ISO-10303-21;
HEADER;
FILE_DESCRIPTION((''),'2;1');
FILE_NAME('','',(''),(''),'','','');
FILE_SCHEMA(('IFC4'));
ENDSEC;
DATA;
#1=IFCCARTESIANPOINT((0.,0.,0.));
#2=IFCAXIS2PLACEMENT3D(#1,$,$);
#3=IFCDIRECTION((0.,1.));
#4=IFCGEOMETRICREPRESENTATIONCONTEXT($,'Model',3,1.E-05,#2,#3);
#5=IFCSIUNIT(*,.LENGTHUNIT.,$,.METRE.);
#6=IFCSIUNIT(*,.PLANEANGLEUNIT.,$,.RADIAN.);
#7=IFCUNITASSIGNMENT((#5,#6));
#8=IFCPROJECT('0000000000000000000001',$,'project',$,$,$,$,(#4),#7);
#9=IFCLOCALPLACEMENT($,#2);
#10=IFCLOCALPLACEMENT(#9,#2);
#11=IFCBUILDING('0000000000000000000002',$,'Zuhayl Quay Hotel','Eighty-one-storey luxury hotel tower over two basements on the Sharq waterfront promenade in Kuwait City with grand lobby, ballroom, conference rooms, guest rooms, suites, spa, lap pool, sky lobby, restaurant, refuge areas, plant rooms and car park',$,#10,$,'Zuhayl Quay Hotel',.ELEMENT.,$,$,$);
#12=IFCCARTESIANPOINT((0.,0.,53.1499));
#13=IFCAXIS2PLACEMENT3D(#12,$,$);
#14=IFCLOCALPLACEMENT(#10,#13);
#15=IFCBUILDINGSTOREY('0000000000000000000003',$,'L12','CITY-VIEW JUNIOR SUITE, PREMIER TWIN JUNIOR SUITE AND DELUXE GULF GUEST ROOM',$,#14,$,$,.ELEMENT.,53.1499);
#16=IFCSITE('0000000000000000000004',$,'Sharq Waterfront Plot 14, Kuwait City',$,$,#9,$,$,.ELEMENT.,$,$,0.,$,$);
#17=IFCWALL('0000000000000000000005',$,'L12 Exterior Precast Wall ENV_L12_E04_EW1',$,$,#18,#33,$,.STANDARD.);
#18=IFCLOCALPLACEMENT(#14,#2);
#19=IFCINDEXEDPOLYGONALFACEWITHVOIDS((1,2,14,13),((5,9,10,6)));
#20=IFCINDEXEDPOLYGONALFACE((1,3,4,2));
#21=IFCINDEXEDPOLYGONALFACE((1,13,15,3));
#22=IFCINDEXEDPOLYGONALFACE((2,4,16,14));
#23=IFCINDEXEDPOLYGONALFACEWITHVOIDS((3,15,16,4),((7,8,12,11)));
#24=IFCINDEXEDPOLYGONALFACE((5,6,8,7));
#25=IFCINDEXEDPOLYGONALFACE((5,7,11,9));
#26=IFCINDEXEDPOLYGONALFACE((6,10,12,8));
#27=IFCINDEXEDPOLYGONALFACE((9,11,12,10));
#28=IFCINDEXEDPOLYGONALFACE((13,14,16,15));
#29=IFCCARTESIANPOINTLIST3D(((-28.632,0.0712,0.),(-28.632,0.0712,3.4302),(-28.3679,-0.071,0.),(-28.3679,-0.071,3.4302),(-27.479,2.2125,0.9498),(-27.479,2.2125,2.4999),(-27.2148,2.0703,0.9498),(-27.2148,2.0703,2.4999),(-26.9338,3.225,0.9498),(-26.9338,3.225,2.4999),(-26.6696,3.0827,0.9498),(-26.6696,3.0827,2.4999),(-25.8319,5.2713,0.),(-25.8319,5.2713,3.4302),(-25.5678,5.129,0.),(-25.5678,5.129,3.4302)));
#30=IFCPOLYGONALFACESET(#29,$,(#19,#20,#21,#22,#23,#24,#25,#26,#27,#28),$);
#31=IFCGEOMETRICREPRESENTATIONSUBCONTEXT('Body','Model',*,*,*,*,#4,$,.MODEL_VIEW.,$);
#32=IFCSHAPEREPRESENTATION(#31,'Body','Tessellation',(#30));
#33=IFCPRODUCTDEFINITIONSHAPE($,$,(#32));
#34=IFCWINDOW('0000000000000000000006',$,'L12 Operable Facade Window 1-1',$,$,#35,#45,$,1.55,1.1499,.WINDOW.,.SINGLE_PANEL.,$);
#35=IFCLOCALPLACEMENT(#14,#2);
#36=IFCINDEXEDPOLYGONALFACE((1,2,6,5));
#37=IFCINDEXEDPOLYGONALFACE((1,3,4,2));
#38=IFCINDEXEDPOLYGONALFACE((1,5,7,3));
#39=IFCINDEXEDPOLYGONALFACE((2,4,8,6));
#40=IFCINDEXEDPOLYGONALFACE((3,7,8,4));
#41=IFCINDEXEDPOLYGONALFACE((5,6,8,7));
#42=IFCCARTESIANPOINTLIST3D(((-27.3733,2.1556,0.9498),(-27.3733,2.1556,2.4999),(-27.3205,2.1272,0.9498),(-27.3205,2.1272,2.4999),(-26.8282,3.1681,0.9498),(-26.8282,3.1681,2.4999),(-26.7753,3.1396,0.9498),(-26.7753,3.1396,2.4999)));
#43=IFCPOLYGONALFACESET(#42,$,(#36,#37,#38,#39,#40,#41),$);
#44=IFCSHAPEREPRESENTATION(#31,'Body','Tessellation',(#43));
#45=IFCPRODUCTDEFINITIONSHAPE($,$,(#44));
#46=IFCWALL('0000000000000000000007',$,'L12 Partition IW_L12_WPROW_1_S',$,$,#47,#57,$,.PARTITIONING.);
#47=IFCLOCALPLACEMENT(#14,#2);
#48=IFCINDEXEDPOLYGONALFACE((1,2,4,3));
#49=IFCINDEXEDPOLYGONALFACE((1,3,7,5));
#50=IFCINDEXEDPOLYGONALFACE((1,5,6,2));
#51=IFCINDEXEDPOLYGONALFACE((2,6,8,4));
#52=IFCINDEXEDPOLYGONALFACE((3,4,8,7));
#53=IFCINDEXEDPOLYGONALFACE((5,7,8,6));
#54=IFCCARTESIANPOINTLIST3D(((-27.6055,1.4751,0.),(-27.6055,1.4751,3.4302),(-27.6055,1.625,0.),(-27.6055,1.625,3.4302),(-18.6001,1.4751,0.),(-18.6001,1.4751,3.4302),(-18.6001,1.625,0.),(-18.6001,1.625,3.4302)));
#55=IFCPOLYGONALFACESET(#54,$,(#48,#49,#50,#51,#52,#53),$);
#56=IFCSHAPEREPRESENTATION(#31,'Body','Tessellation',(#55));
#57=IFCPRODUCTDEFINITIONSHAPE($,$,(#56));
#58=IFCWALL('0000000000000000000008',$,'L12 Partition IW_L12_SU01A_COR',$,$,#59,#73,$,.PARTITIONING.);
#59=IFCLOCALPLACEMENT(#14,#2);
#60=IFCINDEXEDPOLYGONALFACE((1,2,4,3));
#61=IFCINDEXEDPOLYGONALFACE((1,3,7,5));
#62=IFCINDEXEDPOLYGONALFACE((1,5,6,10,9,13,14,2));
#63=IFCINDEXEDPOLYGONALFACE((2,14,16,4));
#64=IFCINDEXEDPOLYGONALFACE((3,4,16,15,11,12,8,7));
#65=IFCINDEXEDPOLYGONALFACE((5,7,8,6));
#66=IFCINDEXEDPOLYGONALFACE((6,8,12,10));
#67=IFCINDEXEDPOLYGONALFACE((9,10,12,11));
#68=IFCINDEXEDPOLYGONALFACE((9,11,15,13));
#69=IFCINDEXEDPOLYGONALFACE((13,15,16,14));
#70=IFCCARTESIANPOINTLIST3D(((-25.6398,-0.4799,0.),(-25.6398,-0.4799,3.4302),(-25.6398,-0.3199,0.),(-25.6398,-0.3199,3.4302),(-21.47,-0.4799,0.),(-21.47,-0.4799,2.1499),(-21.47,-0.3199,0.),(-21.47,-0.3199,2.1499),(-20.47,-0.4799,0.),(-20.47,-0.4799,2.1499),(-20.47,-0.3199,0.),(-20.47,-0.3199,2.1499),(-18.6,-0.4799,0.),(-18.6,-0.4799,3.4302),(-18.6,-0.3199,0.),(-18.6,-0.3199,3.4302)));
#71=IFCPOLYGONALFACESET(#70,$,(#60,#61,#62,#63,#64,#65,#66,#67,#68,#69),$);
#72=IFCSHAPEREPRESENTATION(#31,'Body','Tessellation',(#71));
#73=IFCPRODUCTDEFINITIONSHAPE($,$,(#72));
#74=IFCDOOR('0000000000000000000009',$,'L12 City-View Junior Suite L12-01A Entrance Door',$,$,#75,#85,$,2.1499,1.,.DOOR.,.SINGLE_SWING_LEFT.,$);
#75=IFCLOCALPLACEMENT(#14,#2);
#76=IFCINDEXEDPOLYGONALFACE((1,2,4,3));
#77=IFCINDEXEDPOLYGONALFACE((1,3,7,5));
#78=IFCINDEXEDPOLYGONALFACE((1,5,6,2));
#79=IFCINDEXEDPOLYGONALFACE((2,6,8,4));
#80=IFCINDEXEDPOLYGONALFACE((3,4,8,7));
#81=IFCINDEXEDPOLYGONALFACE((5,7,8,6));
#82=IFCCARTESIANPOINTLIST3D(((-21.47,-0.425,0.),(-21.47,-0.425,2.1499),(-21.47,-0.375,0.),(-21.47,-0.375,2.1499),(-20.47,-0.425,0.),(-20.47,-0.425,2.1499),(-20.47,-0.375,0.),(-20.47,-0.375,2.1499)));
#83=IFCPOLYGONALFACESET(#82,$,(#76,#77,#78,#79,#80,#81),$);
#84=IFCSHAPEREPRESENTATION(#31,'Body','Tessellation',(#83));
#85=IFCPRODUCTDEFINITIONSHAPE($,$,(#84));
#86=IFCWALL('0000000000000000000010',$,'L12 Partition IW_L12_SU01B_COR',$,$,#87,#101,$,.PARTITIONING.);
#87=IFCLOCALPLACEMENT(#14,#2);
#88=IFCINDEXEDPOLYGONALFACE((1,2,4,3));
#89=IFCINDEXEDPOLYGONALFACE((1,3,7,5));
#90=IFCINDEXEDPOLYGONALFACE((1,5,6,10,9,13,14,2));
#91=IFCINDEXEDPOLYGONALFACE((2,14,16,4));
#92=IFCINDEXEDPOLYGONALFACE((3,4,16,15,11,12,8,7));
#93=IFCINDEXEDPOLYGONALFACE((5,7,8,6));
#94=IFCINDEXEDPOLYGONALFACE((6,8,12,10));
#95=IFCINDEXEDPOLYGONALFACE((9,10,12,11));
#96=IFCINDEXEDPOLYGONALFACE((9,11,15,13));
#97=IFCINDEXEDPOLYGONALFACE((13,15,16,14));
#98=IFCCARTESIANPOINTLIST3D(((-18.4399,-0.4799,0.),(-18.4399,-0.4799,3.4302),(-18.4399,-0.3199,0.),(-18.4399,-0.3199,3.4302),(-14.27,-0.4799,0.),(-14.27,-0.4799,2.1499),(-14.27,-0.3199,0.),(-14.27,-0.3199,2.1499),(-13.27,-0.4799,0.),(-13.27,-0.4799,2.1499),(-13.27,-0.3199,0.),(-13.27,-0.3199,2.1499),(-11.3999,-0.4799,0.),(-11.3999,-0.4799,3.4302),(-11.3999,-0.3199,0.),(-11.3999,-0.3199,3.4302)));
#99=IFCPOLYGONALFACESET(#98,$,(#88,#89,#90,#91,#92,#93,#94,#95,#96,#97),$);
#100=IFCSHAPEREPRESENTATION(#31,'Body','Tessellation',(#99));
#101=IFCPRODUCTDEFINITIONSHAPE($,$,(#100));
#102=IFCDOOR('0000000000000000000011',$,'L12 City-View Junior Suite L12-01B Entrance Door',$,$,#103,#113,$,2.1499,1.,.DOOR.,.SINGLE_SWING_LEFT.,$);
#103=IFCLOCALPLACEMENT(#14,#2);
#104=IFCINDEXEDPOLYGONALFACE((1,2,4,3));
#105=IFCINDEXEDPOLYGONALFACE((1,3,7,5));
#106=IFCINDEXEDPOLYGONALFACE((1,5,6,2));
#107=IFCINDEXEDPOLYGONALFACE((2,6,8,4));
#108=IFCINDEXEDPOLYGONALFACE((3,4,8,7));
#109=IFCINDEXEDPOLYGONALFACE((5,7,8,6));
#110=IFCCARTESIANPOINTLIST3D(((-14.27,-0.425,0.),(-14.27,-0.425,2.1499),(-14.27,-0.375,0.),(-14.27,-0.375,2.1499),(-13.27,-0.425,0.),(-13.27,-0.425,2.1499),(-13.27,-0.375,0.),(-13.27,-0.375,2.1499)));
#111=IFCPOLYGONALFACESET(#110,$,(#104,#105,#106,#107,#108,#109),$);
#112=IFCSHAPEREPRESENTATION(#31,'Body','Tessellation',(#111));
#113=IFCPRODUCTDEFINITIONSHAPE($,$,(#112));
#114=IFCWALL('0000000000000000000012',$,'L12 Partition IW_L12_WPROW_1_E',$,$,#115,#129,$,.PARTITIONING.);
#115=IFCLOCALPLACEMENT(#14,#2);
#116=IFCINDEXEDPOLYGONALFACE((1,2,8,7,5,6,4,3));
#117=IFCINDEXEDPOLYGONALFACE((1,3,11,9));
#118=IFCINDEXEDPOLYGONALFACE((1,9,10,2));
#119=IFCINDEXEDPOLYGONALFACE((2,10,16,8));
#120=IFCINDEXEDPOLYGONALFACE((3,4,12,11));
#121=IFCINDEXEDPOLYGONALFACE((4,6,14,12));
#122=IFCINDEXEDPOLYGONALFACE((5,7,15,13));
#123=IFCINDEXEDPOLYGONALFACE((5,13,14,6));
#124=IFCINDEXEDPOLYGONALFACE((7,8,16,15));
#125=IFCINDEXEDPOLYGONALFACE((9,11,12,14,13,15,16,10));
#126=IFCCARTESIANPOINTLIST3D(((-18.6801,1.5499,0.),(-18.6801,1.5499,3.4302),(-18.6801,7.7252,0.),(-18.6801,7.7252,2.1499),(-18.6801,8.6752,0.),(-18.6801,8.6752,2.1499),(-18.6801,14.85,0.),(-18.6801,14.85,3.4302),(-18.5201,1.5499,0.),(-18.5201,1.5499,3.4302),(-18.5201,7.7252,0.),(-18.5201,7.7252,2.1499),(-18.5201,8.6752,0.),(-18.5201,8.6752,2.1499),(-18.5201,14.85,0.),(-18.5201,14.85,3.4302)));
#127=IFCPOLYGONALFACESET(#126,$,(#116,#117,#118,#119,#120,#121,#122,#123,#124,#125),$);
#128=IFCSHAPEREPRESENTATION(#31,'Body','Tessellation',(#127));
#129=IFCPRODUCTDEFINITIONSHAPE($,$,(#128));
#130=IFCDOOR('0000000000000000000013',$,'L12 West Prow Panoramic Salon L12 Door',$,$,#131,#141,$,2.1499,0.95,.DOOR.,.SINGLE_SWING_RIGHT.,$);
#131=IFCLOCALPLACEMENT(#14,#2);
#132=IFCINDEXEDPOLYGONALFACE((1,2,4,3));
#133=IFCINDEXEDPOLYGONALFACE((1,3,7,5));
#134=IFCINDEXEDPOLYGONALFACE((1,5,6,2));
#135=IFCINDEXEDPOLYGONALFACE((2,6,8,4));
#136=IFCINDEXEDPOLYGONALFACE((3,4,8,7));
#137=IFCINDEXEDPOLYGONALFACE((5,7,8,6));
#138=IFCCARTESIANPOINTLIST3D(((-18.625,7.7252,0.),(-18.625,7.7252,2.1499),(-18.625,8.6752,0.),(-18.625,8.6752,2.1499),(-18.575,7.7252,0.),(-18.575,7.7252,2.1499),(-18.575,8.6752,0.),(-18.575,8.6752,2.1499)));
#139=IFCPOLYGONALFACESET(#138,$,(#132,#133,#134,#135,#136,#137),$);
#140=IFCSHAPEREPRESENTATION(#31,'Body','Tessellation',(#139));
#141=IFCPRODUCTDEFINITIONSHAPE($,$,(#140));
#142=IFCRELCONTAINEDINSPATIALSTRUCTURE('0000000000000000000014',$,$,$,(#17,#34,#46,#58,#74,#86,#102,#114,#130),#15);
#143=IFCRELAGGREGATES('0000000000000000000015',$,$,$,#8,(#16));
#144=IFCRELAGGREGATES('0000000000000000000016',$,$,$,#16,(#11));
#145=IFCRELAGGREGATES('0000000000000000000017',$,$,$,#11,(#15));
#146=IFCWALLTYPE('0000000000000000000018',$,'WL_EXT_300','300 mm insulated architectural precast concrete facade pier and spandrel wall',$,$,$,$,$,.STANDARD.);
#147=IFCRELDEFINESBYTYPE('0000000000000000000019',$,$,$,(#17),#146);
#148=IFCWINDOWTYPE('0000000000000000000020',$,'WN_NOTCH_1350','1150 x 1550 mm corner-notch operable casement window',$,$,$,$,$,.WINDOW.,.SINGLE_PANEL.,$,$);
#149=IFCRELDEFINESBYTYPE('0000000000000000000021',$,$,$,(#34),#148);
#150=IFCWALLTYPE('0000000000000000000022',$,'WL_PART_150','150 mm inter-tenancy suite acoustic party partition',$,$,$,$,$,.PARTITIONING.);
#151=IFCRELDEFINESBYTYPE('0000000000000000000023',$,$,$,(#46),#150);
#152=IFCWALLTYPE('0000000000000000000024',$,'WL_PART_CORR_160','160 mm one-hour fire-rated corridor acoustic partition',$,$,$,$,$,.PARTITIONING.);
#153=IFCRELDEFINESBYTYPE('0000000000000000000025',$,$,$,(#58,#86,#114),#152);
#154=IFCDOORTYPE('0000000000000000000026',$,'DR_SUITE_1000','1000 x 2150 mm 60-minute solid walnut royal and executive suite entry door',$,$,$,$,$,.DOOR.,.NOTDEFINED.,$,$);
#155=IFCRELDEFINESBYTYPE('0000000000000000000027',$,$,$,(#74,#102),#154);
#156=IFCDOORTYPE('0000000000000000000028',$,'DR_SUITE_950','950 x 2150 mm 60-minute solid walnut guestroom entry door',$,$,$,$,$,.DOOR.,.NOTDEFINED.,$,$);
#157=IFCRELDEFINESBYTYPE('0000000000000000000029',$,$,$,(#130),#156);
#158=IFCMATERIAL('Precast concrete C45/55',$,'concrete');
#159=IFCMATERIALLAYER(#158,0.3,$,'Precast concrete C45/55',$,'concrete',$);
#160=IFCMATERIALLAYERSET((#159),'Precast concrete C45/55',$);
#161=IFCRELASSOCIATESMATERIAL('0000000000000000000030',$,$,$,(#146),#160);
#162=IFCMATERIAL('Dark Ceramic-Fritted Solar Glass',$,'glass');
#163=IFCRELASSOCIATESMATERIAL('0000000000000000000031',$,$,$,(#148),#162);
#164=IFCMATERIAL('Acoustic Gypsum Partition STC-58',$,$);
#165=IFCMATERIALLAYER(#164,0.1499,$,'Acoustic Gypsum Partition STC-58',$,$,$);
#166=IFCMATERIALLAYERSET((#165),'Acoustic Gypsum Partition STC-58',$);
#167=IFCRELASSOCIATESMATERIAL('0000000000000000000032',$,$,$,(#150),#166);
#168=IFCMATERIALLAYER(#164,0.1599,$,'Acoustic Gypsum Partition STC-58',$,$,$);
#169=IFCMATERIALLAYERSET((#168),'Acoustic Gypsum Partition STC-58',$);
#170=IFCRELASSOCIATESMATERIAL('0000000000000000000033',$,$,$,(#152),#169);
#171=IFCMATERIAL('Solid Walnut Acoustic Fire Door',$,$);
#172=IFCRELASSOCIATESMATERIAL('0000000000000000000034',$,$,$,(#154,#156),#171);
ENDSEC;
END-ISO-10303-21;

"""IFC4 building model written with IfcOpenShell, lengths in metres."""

from ifc_helpers import new_model, si_unit, direction, frame, frame_2d, origin, place, context, subcontext, project, spatial, rectangle, extrude, material, layer, layer_set, type_object, element, fill, save


model = new_model("IFC4")

# Units and contexts
model_context = context("Model", 3, precision=1e-05, world=origin(), true_north=direction((0.0, 1.0)))
body_context = subcontext(model_context, "Body", "Model", "MODEL_VIEW")
ifc_project = project(units=[si_unit("LENGTHUNIT", "METRE"), si_unit("PLANEANGLEUNIT", "RADIAN")], contexts=[model_context])

# Site, building, storey
site_placement = place(None, origin())
site = spatial("IfcSite", under=ifc_project, at=site_placement, Name="Sharq Waterfront Plot 14, Kuwait City", CompositionType="ELEMENT", RefElevation=0.0)
building_placement = place(site_placement, origin())
building = spatial("IfcBuilding", under=site, at=building_placement, Name="Zuhayl Quay Hotel", Description="Eighty-one-storey luxury hotel tower over two basements on the Sharq waterfront promenade in Kuwait City with grand lobby, ballroom, conference rooms, guest rooms, suites, spa, lap pool, sky lobby, restaurant, refuge areas, plant rooms and car park", LongName="Zuhayl Quay Hotel", CompositionType="ELEMENT")
storey_placement = place(building_placement, frame((0.0, 0.0, 53.1499)))
storey = spatial("IfcBuildingStorey", under=building, at=storey_placement, Name="L12", Description="CITY-VIEW JUNIOR SUITE, PREMIER TWIN JUNIOR SUITE AND DELUXE GULF GUEST ROOM", CompositionType="ELEMENT", Elevation=53.1499)

# Shared definitions
ifc_material_1 = material(Name="Dark Ceramic-Fritted Solar Glass", Category="glass")

# Shared definitions
ifc_material_2 = material(Name="Precast concrete C45/55", Category="concrete")
ifc_layer_1 = layer(ifc_material_2, 0.3, Name="Precast concrete C45/55", Category="concrete")
ifc_layer_set_1 = layer_set([ifc_layer_1], Name="Precast concrete C45/55")
wall_type_1 = type_object("IfcWallType", Name="WL_EXT_300", Description="300 mm insulated architectural precast concrete facade pier and spandrel wall", PredefinedType="STANDARD", material=ifc_layer_set_1)

# Wall, opening, window
wall_1_placement = place(storey_placement, frame((-28.5, 0.0, 0.0), z_axis=(0.0, 0.0, 1.0), x_axis=(0.47411, 0.880466, 0.0)))
wall_1 = element("IfcWall", 1, at=wall_1_placement, inside=storey, type_object=wall_type_1, Name="L12 Exterior Precast Wall ENV_L12_E04_EW1", PredefinedType="STANDARD", context=body_context, shape_type="SweptSolid", body=[
    extrude(rectangle(XDim=5.906, YDim=0.3, at=frame_2d((2.9531, 0.0))), origin(), (0.0, 0.0, 1.0), 3.4302),
])
opening_1_placement = place(wall_1_placement, frame((2.4321, 0.0, 0.95)))
opening_1 = element("IfcOpeningElement", 2, at=opening_1_placement, cuts=wall_1, PredefinedType="OPENING", context=body_context, shape_type="SweptSolid", body=[
    extrude(rectangle(XDim=1.1499, YDim=1.55, at=frame_2d((0.575, 0.7749))), frame((0.0, 0.1599, 0.0), z_axis=(0.0, -1.0, 0.0), x_axis=(1.0, 0.0, 0.0)), (0.0, 0.0, 1.0), 0.3201),
])
window_type = type_object("IfcWindowType", Name="WN_NOTCH_1350", Description="1150 x 1550 mm corner-notch operable casement window", PartitioningType="SINGLE_PANEL", PredefinedType="WINDOW", material=ifc_material_1)
window_placement = place(opening_1_placement, origin())
window = element("IfcWindow", 3, at=window_placement, inside=storey, type_object=window_type, Name="L12 Operable Facade Window 1-1", OverallHeight=1.55, OverallWidth=1.1499, PartitioningType="SINGLE_PANEL", PredefinedType="WINDOW", context=body_context, shape_type="SweptSolid", body=[
    extrude(rectangle(XDim=1.1499, YDim=1.55, at=frame_2d((0.575, 0.7749))), frame((0.0, 0.03, 0.0), z_axis=(0.0, -1.0, 0.0), x_axis=(1.0, 0.0, 0.0)), (0.0, 0.0, 1.0), 0.0601),
])
fill(opening_1, window)

# Wall
ifc_material_3 = material(Name="Acoustic Gypsum Partition STC-58")
ifc_layer_2 = layer(ifc_material_3, 0.1499, Name="Acoustic Gypsum Partition STC-58")
ifc_layer_set_2 = layer_set([ifc_layer_2], Name="Acoustic Gypsum Partition STC-58")
wall_type_2 = type_object("IfcWallType", Name="WL_PART_150", Description="150 mm inter-tenancy suite acoustic party partition", PredefinedType="PARTITIONING", material=ifc_layer_set_2)
wall_2_placement = place(storey_placement, frame((-27.6055, 1.55, 0.0), z_axis=(0.0, 0.0, 1.0), x_axis=(1.0, 0.0, 0.0)))
element("IfcWall", 4, at=wall_2_placement, inside=storey, type_object=wall_type_2, Name="L12 Partition IW_L12_WPROW_1_S", PredefinedType="PARTITIONING", context=body_context, shape_type="SweptSolid", body=[
    extrude(rectangle(XDim=9.0054, YDim=0.1499, at=frame_2d((4.5027, 0.0))), origin(), (0.0, 0.0, 1.0), 3.4302),
])

# Walls, openings, doors
ifc_layer_3 = layer(ifc_material_3, 0.1599, Name="Acoustic Gypsum Partition STC-58")
ifc_layer_set_3 = layer_set([ifc_layer_3], Name="Acoustic Gypsum Partition STC-58")
wall_type_3 = type_object("IfcWallType", Name="WL_PART_CORR_160", Description="160 mm one-hour fire-rated corridor acoustic partition", PredefinedType="PARTITIONING", material=ifc_layer_set_3)
wall_3_placement = place(storey_placement, frame((-25.6399, -0.3999, 0.0), z_axis=(0.0, 0.0, 1.0), x_axis=(1.0, 0.0, 0.0)))
wall_3 = element("IfcWall", 5, at=wall_3_placement, inside=storey, type_object=wall_type_3, Name="L12 Partition IW_L12_SU01A_COR", PredefinedType="PARTITIONING", context=body_context, shape_type="SweptSolid", body=[
    extrude(rectangle(XDim=7.0398, YDim=0.1599, at=frame_2d((3.52, 0.0))), origin(), (0.0, 0.0, 1.0), 3.4302),
])
opening_2_placement = place(wall_3_placement, frame((4.1699, 0.0, 0.0)))
opening_2 = element("IfcOpeningElement", 6, at=opening_2_placement, cuts=wall_3, PredefinedType="OPENING", context=body_context, shape_type="SweptSolid", body=[
    extrude(rectangle(XDim=1.0, YDim=2.1499, at=frame_2d((0.5, 1.075))), frame((0.0, 0.0898, 0.0), z_axis=(0.0, -1.0, 0.0), x_axis=(1.0, 0.0, 0.0)), (0.0, 0.0, 1.0), 0.1799),
])
ifc_material_4 = material(Name="Solid Walnut Acoustic Fire Door")
door_type_1 = type_object("IfcDoorType", Name="DR_SUITE_1000", Description="1000 x 2150 mm 60-minute solid walnut royal and executive suite entry door", OperationType="NOTDEFINED", PredefinedType="DOOR", material=ifc_material_4)
door_1_placement = place(opening_2_placement, origin())
door_1 = element("IfcDoor", 7, at=door_1_placement, inside=storey, type_object=door_type_1, Name="L12 City-View Junior Suite L12-01A Entrance Door", OperationType="SINGLE_SWING_LEFT", OverallHeight=2.1499, OverallWidth=1.0, PredefinedType="DOOR", context=body_context, shape_type="SweptSolid", body=[
    extrude(rectangle(XDim=1.0, YDim=2.1499, at=frame_2d((0.5, 1.075))), frame((0.0, 0.0249, 0.0), z_axis=(0.0, -1.0, 0.0), x_axis=(1.0, 0.0, 0.0)), (0.0, 0.0, 1.0), 0.05),
])
fill(opening_2, door_1)
wall_4_placement = place(storey_placement, frame((-18.4399, -0.3999, 0.0), z_axis=(0.0, 0.0, 1.0), x_axis=(1.0, 0.0, 0.0)))
wall_4 = element("IfcWall", 8, at=wall_4_placement, inside=storey, type_object=wall_type_3, Name="L12 Partition IW_L12_SU01B_COR", PredefinedType="PARTITIONING", context=body_context, shape_type="SweptSolid", body=[
    extrude(rectangle(XDim=7.04, YDim=0.1599, at=frame_2d((3.52, 0.0))), origin(), (0.0, 0.0, 1.0), 3.4302),
])
opening_3_placement = place(wall_4_placement, frame((4.1699, 0.0, 0.0)))
opening_3 = element("IfcOpeningElement", 9, at=opening_3_placement, cuts=wall_4, PredefinedType="OPENING", context=body_context, shape_type="SweptSolid", body=[
    extrude(rectangle(XDim=1.0, YDim=2.1499, at=frame_2d((0.5, 1.075))), frame((0.0, 0.0898, 0.0), z_axis=(0.0, -1.0, 0.0), x_axis=(1.0, 0.0, 0.0)), (0.0, 0.0, 1.0), 0.1799),
])
door_2_placement = place(opening_3_placement, origin())
door_2 = element("IfcDoor", 10, at=door_2_placement, inside=storey, type_object=door_type_1, Name="L12 City-View Junior Suite L12-01B Entrance Door", OperationType="SINGLE_SWING_LEFT", OverallHeight=2.1499, OverallWidth=1.0, PredefinedType="DOOR", context=body_context, shape_type="SweptSolid", body=[
    extrude(rectangle(XDim=1.0, YDim=2.1499, at=frame_2d((0.5, 1.075))), frame((0.0, 0.0249, 0.0), z_axis=(0.0, -1.0, 0.0), x_axis=(1.0, 0.0, 0.0)), (0.0, 0.0, 1.0), 0.05),
])
fill(opening_3, door_2)
wall_5_placement = place(storey_placement, frame((-18.6001, 1.55, 0.0), z_axis=(0.0, 0.0, 1.0), x_axis=(0.0, 1.0, 0.0)))
wall_5 = element("IfcWall", 11, at=wall_5_placement, inside=storey, type_object=wall_type_3, Name="L12 Partition IW_L12_WPROW_1_E", PredefinedType="PARTITIONING", context=body_context, shape_type="SweptSolid", body=[
    extrude(rectangle(XDim=13.3, YDim=0.1599, at=frame_2d((6.6499, 0.0))), origin(), (0.0, 0.0, 1.0), 3.4302),
])
opening_4_placement = place(wall_5_placement, frame((6.175, 0.0, 0.0)))
opening_4 = element("IfcOpeningElement", 12, at=opening_4_placement, cuts=wall_5, PredefinedType="OPENING", context=body_context, shape_type="SweptSolid", body=[
    extrude(rectangle(XDim=0.95, YDim=2.1499, at=frame_2d((0.4751, 1.075))), frame((0.0, 0.0898, 0.0), z_axis=(0.0, -1.0, 0.0), x_axis=(1.0, 0.0, 0.0)), (0.0, 0.0, 1.0), 0.1799),
])
door_type_2 = type_object("IfcDoorType", Name="DR_SUITE_950", Description="950 x 2150 mm 60-minute solid walnut guestroom entry door", OperationType="NOTDEFINED", PredefinedType="DOOR", material=ifc_material_4)
door_3_placement = place(opening_4_placement, origin())
door_3 = element("IfcDoor", 13, at=door_3_placement, inside=storey, type_object=door_type_2, Name="L12 West Prow Panoramic Salon L12 Door", OperationType="SINGLE_SWING_RIGHT", OverallHeight=2.1499, OverallWidth=0.95, PredefinedType="DOOR", context=body_context, shape_type="SweptSolid", body=[
    extrude(rectangle(XDim=0.95, YDim=2.1499, at=frame_2d((0.4751, 1.075))), frame((0.0, 0.0249, 0.0), z_axis=(0.0, -1.0, 0.0), x_axis=(1.0, 0.0, 0.0)), (0.0, 0.0, 1.0), 0.05),
])
fill(opening_4, door_3)

save(model, "model.ifc")
